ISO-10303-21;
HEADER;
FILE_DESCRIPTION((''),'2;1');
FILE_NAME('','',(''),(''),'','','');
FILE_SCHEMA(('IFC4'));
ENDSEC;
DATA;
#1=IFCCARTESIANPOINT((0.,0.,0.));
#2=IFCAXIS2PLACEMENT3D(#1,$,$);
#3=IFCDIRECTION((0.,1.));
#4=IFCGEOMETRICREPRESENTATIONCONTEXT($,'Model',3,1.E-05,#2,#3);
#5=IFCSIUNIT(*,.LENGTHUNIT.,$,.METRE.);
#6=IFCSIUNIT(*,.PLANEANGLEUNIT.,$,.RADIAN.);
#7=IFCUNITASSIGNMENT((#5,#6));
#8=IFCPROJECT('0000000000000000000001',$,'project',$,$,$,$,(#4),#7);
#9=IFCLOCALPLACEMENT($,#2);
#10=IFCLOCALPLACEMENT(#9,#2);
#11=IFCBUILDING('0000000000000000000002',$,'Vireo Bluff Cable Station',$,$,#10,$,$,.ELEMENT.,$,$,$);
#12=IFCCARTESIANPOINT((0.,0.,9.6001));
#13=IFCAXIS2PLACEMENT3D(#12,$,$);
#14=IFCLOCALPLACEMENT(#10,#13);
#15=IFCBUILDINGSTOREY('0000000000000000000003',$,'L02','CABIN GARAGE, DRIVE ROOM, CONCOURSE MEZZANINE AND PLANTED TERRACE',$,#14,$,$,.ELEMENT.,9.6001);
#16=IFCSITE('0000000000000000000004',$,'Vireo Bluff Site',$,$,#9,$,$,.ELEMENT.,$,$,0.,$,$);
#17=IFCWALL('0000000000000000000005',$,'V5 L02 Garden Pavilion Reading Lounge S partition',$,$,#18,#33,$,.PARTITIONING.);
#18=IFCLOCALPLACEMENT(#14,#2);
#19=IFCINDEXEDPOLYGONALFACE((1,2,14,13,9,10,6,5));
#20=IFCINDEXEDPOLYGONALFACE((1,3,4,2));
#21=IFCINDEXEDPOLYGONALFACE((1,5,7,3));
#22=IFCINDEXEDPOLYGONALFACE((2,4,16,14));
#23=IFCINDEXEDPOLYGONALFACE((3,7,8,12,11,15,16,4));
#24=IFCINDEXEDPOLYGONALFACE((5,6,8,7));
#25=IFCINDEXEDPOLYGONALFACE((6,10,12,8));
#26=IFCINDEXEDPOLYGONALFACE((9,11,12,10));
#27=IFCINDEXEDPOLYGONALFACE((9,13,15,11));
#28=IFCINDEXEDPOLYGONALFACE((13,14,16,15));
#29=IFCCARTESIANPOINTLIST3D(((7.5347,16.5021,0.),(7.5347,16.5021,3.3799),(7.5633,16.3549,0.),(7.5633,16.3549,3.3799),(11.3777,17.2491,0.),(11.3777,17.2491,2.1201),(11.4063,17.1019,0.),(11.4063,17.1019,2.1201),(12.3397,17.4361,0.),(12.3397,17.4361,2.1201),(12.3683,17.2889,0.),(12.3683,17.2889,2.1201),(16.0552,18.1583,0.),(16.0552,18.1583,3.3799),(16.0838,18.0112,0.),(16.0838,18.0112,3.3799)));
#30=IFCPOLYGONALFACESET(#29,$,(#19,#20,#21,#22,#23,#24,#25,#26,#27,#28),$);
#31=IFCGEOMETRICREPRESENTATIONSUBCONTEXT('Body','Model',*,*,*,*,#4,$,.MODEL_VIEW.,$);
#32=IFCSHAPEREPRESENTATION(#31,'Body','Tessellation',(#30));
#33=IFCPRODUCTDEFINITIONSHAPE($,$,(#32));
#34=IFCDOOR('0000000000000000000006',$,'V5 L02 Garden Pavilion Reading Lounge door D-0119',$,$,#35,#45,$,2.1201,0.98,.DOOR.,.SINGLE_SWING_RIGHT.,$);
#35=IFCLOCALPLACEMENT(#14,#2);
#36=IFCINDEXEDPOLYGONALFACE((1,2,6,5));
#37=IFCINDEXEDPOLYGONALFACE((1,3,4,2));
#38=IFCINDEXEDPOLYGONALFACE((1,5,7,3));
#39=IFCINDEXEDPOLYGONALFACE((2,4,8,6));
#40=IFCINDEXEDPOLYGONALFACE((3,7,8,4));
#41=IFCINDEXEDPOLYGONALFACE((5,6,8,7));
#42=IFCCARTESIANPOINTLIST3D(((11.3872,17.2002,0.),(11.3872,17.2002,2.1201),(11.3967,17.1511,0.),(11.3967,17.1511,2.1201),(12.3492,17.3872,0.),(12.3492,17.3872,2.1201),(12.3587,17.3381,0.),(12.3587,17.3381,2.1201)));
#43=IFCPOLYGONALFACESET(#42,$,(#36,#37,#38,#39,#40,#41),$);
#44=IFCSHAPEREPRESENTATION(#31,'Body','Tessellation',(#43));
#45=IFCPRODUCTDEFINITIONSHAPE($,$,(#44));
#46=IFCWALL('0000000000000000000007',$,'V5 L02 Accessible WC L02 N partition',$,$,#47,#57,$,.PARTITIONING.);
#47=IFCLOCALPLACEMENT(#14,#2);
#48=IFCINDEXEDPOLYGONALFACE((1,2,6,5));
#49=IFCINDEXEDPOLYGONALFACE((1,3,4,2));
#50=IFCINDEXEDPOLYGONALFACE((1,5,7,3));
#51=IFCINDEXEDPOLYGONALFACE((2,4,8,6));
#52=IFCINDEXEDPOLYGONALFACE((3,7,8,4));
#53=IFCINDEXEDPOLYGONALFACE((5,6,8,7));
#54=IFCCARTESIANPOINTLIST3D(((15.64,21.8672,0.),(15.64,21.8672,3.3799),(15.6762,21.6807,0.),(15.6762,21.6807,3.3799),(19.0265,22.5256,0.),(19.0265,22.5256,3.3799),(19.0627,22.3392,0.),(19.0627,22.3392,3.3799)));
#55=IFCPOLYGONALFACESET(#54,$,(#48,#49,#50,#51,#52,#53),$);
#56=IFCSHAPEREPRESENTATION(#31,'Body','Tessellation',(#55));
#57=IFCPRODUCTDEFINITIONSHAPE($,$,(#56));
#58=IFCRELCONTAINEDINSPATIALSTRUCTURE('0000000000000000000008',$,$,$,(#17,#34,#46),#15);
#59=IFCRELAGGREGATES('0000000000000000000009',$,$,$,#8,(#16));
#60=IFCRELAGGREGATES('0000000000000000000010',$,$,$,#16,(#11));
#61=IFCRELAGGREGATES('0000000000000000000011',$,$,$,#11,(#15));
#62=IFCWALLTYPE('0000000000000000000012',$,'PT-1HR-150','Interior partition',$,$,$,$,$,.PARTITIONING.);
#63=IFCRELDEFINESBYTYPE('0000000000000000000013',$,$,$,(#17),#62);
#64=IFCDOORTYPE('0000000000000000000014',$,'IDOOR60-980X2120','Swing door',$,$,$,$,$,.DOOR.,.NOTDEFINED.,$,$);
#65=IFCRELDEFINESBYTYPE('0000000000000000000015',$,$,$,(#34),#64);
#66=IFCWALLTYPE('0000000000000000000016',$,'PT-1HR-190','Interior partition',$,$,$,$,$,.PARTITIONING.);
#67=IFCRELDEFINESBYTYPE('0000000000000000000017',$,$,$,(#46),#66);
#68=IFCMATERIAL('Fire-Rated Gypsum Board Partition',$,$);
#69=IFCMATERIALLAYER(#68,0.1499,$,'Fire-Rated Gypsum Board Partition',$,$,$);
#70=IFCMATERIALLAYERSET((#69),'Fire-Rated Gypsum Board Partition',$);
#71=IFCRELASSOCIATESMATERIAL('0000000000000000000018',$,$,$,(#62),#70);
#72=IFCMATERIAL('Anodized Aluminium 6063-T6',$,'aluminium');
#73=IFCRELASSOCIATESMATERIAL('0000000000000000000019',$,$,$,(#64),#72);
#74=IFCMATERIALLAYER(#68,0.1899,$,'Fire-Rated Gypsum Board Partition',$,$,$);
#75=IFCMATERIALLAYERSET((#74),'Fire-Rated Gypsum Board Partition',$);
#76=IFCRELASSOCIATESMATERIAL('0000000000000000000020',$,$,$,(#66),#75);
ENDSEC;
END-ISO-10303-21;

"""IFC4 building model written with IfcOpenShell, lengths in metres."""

from ifc_helpers import new_model, si_unit, direction, frame, frame_2d, origin, origin_with_axes, place, context, subcontext, project, spatial, rectangle, extrude, material, layer, layer_set, type_object, element, fill, save


model = new_model("IFC4")

# Units and contexts
model_context = context("Model", 3, precision=1e-05, world=origin(), true_north=direction((0.0, 1.0)))
body_context = subcontext(model_context, "Body", "Model", "MODEL_VIEW")
ifc_project = project(units=[si_unit("LENGTHUNIT", "METRE"), si_unit("PLANEANGLEUNIT", "RADIAN")], contexts=[model_context])

# Site, building, storey
site_placement = place(None, origin())
site = spatial("IfcSite", under=ifc_project, at=site_placement, Name="Vireo Bluff Site", CompositionType="ELEMENT", RefElevation=0.0)
building_placement = place(site_placement, origin())
building = spatial("IfcBuilding", under=site, at=building_placement, Name="Vireo Bluff Cable Station", CompositionType="ELEMENT")
storey_placement = place(building_placement, frame((0.0, 0.0, 9.6001)))
storey = spatial("IfcBuildingStorey", under=building, at=storey_placement, Name="L02", Description="CABIN GARAGE, DRIVE ROOM, CONCOURSE MEZZANINE AND PLANTED TERRACE", CompositionType="ELEMENT", Elevation=9.6001)

# Shared definitions
ifc_material_1 = material(Name="Anodized Aluminium 6063-T6", Category="aluminium")

# Wall, opening, door
ifc_material_2 = material(Name="Fire-Rated Gypsum Board Partition")
ifc_layer_1 = layer(ifc_material_2, 0.1499, Name="Fire-Rated Gypsum Board Partition")
ifc_layer_set_1 = layer_set([ifc_layer_1], Name="Fire-Rated Gypsum Board Partition")
wall_type_1 = type_object("IfcWallType", Name="PT-1HR-150", Description="Interior partition", PredefinedType="PARTITIONING", material=ifc_layer_set_1)
wall_1_placement = place(storey_placement, frame((16.0693, 18.0847, 0.0), z_axis=(0.0, 0.0, 1.0), x_axis=(-0.981627, -0.190812, 0.0)))
wall_1 = element("IfcWall", 1, at=wall_1_placement, inside=storey, type_object=wall_type_1, Name="V5 L02 Garden Pavilion Reading Lounge S partition", PredefinedType="PARTITIONING", context=body_context, shape_type="SweptSolid", body=[
    extrude(rectangle(XDim=8.6799, YDim=0.1499, at=frame_2d((4.3398, 0.0))), origin(), (0.0, 0.0, 1.0), 3.3799),
])
opening_placement = place(wall_1_placement, frame((3.7849, 0.0, 0.0)))
opening = element("IfcOpeningElement", 2, at=opening_placement, cuts=wall_1, PredefinedType="OPENING", context=body_context, shape_type="SweptSolid", body=[
    extrude(rectangle(XDim=0.98, YDim=2.1201, at=frame_2d((0.49, 1.0601))), frame((0.0, 0.085, 0.0), z_axis=(0.0, -1.0, 0.0), x_axis=(1.0, 0.0, 0.0)), (0.0, 0.0, 1.0), 0.1699),
])
door_type = type_object("IfcDoorType", Name="IDOOR60-980X2120", Description="Swing door", OperationType="NOTDEFINED", PredefinedType="DOOR", material=ifc_material_1)
door_placement = place(opening_placement, origin_with_axes())
door = element("IfcDoor", 3, at=door_placement, inside=storey, type_object=door_type, Name="V5 L02 Garden Pavilion Reading Lounge door D-0119", OperationType="SINGLE_SWING_RIGHT", OverallHeight=2.1201, OverallWidth=0.98, PredefinedType="DOOR", context=body_context, shape_type="SweptSolid", body=[
    extrude(rectangle(XDim=0.98, YDim=2.1201, at=frame_2d((0.49, 1.0601))), frame((0.0, 0.0249, 0.0), z_axis=(0.0, -1.0, 0.0), x_axis=(1.0, 0.0, 0.0)), (0.0, 0.0, 1.0), 0.05),
])
fill(opening, door)

# Wall
ifc_layer_2 = layer(ifc_material_2, 0.1899, Name="Fire-Rated Gypsum Board Partition")
ifc_layer_set_2 = layer_set([ifc_layer_2], Name="Fire-Rated Gypsum Board Partition")
wall_type_2 = type_object("IfcWallType", Name="PT-1HR-190", Description="Interior partition", PredefinedType="PARTITIONING", material=ifc_layer_set_2)
wall_2_placement = place(storey_placement, frame((15.658, 21.7739, 0.0), z_axis=(0.0, 0.0, 1.0), x_axis=(0.981617, 0.19086, 0.0)))
element("IfcWall", 4, at=wall_2_placement, inside=storey, type_object=wall_type_2, Name="V5 L02 Accessible WC L02 N partition", PredefinedType="PARTITIONING", context=body_context, shape_type="SweptSolid", body=[
    extrude(rectangle(XDim=3.45, YDim=0.1899, at=frame_2d((1.7251, 0.0))), origin(), (0.0, 0.0, 1.0), 3.3799),
])

save(model, "model.ifc")
